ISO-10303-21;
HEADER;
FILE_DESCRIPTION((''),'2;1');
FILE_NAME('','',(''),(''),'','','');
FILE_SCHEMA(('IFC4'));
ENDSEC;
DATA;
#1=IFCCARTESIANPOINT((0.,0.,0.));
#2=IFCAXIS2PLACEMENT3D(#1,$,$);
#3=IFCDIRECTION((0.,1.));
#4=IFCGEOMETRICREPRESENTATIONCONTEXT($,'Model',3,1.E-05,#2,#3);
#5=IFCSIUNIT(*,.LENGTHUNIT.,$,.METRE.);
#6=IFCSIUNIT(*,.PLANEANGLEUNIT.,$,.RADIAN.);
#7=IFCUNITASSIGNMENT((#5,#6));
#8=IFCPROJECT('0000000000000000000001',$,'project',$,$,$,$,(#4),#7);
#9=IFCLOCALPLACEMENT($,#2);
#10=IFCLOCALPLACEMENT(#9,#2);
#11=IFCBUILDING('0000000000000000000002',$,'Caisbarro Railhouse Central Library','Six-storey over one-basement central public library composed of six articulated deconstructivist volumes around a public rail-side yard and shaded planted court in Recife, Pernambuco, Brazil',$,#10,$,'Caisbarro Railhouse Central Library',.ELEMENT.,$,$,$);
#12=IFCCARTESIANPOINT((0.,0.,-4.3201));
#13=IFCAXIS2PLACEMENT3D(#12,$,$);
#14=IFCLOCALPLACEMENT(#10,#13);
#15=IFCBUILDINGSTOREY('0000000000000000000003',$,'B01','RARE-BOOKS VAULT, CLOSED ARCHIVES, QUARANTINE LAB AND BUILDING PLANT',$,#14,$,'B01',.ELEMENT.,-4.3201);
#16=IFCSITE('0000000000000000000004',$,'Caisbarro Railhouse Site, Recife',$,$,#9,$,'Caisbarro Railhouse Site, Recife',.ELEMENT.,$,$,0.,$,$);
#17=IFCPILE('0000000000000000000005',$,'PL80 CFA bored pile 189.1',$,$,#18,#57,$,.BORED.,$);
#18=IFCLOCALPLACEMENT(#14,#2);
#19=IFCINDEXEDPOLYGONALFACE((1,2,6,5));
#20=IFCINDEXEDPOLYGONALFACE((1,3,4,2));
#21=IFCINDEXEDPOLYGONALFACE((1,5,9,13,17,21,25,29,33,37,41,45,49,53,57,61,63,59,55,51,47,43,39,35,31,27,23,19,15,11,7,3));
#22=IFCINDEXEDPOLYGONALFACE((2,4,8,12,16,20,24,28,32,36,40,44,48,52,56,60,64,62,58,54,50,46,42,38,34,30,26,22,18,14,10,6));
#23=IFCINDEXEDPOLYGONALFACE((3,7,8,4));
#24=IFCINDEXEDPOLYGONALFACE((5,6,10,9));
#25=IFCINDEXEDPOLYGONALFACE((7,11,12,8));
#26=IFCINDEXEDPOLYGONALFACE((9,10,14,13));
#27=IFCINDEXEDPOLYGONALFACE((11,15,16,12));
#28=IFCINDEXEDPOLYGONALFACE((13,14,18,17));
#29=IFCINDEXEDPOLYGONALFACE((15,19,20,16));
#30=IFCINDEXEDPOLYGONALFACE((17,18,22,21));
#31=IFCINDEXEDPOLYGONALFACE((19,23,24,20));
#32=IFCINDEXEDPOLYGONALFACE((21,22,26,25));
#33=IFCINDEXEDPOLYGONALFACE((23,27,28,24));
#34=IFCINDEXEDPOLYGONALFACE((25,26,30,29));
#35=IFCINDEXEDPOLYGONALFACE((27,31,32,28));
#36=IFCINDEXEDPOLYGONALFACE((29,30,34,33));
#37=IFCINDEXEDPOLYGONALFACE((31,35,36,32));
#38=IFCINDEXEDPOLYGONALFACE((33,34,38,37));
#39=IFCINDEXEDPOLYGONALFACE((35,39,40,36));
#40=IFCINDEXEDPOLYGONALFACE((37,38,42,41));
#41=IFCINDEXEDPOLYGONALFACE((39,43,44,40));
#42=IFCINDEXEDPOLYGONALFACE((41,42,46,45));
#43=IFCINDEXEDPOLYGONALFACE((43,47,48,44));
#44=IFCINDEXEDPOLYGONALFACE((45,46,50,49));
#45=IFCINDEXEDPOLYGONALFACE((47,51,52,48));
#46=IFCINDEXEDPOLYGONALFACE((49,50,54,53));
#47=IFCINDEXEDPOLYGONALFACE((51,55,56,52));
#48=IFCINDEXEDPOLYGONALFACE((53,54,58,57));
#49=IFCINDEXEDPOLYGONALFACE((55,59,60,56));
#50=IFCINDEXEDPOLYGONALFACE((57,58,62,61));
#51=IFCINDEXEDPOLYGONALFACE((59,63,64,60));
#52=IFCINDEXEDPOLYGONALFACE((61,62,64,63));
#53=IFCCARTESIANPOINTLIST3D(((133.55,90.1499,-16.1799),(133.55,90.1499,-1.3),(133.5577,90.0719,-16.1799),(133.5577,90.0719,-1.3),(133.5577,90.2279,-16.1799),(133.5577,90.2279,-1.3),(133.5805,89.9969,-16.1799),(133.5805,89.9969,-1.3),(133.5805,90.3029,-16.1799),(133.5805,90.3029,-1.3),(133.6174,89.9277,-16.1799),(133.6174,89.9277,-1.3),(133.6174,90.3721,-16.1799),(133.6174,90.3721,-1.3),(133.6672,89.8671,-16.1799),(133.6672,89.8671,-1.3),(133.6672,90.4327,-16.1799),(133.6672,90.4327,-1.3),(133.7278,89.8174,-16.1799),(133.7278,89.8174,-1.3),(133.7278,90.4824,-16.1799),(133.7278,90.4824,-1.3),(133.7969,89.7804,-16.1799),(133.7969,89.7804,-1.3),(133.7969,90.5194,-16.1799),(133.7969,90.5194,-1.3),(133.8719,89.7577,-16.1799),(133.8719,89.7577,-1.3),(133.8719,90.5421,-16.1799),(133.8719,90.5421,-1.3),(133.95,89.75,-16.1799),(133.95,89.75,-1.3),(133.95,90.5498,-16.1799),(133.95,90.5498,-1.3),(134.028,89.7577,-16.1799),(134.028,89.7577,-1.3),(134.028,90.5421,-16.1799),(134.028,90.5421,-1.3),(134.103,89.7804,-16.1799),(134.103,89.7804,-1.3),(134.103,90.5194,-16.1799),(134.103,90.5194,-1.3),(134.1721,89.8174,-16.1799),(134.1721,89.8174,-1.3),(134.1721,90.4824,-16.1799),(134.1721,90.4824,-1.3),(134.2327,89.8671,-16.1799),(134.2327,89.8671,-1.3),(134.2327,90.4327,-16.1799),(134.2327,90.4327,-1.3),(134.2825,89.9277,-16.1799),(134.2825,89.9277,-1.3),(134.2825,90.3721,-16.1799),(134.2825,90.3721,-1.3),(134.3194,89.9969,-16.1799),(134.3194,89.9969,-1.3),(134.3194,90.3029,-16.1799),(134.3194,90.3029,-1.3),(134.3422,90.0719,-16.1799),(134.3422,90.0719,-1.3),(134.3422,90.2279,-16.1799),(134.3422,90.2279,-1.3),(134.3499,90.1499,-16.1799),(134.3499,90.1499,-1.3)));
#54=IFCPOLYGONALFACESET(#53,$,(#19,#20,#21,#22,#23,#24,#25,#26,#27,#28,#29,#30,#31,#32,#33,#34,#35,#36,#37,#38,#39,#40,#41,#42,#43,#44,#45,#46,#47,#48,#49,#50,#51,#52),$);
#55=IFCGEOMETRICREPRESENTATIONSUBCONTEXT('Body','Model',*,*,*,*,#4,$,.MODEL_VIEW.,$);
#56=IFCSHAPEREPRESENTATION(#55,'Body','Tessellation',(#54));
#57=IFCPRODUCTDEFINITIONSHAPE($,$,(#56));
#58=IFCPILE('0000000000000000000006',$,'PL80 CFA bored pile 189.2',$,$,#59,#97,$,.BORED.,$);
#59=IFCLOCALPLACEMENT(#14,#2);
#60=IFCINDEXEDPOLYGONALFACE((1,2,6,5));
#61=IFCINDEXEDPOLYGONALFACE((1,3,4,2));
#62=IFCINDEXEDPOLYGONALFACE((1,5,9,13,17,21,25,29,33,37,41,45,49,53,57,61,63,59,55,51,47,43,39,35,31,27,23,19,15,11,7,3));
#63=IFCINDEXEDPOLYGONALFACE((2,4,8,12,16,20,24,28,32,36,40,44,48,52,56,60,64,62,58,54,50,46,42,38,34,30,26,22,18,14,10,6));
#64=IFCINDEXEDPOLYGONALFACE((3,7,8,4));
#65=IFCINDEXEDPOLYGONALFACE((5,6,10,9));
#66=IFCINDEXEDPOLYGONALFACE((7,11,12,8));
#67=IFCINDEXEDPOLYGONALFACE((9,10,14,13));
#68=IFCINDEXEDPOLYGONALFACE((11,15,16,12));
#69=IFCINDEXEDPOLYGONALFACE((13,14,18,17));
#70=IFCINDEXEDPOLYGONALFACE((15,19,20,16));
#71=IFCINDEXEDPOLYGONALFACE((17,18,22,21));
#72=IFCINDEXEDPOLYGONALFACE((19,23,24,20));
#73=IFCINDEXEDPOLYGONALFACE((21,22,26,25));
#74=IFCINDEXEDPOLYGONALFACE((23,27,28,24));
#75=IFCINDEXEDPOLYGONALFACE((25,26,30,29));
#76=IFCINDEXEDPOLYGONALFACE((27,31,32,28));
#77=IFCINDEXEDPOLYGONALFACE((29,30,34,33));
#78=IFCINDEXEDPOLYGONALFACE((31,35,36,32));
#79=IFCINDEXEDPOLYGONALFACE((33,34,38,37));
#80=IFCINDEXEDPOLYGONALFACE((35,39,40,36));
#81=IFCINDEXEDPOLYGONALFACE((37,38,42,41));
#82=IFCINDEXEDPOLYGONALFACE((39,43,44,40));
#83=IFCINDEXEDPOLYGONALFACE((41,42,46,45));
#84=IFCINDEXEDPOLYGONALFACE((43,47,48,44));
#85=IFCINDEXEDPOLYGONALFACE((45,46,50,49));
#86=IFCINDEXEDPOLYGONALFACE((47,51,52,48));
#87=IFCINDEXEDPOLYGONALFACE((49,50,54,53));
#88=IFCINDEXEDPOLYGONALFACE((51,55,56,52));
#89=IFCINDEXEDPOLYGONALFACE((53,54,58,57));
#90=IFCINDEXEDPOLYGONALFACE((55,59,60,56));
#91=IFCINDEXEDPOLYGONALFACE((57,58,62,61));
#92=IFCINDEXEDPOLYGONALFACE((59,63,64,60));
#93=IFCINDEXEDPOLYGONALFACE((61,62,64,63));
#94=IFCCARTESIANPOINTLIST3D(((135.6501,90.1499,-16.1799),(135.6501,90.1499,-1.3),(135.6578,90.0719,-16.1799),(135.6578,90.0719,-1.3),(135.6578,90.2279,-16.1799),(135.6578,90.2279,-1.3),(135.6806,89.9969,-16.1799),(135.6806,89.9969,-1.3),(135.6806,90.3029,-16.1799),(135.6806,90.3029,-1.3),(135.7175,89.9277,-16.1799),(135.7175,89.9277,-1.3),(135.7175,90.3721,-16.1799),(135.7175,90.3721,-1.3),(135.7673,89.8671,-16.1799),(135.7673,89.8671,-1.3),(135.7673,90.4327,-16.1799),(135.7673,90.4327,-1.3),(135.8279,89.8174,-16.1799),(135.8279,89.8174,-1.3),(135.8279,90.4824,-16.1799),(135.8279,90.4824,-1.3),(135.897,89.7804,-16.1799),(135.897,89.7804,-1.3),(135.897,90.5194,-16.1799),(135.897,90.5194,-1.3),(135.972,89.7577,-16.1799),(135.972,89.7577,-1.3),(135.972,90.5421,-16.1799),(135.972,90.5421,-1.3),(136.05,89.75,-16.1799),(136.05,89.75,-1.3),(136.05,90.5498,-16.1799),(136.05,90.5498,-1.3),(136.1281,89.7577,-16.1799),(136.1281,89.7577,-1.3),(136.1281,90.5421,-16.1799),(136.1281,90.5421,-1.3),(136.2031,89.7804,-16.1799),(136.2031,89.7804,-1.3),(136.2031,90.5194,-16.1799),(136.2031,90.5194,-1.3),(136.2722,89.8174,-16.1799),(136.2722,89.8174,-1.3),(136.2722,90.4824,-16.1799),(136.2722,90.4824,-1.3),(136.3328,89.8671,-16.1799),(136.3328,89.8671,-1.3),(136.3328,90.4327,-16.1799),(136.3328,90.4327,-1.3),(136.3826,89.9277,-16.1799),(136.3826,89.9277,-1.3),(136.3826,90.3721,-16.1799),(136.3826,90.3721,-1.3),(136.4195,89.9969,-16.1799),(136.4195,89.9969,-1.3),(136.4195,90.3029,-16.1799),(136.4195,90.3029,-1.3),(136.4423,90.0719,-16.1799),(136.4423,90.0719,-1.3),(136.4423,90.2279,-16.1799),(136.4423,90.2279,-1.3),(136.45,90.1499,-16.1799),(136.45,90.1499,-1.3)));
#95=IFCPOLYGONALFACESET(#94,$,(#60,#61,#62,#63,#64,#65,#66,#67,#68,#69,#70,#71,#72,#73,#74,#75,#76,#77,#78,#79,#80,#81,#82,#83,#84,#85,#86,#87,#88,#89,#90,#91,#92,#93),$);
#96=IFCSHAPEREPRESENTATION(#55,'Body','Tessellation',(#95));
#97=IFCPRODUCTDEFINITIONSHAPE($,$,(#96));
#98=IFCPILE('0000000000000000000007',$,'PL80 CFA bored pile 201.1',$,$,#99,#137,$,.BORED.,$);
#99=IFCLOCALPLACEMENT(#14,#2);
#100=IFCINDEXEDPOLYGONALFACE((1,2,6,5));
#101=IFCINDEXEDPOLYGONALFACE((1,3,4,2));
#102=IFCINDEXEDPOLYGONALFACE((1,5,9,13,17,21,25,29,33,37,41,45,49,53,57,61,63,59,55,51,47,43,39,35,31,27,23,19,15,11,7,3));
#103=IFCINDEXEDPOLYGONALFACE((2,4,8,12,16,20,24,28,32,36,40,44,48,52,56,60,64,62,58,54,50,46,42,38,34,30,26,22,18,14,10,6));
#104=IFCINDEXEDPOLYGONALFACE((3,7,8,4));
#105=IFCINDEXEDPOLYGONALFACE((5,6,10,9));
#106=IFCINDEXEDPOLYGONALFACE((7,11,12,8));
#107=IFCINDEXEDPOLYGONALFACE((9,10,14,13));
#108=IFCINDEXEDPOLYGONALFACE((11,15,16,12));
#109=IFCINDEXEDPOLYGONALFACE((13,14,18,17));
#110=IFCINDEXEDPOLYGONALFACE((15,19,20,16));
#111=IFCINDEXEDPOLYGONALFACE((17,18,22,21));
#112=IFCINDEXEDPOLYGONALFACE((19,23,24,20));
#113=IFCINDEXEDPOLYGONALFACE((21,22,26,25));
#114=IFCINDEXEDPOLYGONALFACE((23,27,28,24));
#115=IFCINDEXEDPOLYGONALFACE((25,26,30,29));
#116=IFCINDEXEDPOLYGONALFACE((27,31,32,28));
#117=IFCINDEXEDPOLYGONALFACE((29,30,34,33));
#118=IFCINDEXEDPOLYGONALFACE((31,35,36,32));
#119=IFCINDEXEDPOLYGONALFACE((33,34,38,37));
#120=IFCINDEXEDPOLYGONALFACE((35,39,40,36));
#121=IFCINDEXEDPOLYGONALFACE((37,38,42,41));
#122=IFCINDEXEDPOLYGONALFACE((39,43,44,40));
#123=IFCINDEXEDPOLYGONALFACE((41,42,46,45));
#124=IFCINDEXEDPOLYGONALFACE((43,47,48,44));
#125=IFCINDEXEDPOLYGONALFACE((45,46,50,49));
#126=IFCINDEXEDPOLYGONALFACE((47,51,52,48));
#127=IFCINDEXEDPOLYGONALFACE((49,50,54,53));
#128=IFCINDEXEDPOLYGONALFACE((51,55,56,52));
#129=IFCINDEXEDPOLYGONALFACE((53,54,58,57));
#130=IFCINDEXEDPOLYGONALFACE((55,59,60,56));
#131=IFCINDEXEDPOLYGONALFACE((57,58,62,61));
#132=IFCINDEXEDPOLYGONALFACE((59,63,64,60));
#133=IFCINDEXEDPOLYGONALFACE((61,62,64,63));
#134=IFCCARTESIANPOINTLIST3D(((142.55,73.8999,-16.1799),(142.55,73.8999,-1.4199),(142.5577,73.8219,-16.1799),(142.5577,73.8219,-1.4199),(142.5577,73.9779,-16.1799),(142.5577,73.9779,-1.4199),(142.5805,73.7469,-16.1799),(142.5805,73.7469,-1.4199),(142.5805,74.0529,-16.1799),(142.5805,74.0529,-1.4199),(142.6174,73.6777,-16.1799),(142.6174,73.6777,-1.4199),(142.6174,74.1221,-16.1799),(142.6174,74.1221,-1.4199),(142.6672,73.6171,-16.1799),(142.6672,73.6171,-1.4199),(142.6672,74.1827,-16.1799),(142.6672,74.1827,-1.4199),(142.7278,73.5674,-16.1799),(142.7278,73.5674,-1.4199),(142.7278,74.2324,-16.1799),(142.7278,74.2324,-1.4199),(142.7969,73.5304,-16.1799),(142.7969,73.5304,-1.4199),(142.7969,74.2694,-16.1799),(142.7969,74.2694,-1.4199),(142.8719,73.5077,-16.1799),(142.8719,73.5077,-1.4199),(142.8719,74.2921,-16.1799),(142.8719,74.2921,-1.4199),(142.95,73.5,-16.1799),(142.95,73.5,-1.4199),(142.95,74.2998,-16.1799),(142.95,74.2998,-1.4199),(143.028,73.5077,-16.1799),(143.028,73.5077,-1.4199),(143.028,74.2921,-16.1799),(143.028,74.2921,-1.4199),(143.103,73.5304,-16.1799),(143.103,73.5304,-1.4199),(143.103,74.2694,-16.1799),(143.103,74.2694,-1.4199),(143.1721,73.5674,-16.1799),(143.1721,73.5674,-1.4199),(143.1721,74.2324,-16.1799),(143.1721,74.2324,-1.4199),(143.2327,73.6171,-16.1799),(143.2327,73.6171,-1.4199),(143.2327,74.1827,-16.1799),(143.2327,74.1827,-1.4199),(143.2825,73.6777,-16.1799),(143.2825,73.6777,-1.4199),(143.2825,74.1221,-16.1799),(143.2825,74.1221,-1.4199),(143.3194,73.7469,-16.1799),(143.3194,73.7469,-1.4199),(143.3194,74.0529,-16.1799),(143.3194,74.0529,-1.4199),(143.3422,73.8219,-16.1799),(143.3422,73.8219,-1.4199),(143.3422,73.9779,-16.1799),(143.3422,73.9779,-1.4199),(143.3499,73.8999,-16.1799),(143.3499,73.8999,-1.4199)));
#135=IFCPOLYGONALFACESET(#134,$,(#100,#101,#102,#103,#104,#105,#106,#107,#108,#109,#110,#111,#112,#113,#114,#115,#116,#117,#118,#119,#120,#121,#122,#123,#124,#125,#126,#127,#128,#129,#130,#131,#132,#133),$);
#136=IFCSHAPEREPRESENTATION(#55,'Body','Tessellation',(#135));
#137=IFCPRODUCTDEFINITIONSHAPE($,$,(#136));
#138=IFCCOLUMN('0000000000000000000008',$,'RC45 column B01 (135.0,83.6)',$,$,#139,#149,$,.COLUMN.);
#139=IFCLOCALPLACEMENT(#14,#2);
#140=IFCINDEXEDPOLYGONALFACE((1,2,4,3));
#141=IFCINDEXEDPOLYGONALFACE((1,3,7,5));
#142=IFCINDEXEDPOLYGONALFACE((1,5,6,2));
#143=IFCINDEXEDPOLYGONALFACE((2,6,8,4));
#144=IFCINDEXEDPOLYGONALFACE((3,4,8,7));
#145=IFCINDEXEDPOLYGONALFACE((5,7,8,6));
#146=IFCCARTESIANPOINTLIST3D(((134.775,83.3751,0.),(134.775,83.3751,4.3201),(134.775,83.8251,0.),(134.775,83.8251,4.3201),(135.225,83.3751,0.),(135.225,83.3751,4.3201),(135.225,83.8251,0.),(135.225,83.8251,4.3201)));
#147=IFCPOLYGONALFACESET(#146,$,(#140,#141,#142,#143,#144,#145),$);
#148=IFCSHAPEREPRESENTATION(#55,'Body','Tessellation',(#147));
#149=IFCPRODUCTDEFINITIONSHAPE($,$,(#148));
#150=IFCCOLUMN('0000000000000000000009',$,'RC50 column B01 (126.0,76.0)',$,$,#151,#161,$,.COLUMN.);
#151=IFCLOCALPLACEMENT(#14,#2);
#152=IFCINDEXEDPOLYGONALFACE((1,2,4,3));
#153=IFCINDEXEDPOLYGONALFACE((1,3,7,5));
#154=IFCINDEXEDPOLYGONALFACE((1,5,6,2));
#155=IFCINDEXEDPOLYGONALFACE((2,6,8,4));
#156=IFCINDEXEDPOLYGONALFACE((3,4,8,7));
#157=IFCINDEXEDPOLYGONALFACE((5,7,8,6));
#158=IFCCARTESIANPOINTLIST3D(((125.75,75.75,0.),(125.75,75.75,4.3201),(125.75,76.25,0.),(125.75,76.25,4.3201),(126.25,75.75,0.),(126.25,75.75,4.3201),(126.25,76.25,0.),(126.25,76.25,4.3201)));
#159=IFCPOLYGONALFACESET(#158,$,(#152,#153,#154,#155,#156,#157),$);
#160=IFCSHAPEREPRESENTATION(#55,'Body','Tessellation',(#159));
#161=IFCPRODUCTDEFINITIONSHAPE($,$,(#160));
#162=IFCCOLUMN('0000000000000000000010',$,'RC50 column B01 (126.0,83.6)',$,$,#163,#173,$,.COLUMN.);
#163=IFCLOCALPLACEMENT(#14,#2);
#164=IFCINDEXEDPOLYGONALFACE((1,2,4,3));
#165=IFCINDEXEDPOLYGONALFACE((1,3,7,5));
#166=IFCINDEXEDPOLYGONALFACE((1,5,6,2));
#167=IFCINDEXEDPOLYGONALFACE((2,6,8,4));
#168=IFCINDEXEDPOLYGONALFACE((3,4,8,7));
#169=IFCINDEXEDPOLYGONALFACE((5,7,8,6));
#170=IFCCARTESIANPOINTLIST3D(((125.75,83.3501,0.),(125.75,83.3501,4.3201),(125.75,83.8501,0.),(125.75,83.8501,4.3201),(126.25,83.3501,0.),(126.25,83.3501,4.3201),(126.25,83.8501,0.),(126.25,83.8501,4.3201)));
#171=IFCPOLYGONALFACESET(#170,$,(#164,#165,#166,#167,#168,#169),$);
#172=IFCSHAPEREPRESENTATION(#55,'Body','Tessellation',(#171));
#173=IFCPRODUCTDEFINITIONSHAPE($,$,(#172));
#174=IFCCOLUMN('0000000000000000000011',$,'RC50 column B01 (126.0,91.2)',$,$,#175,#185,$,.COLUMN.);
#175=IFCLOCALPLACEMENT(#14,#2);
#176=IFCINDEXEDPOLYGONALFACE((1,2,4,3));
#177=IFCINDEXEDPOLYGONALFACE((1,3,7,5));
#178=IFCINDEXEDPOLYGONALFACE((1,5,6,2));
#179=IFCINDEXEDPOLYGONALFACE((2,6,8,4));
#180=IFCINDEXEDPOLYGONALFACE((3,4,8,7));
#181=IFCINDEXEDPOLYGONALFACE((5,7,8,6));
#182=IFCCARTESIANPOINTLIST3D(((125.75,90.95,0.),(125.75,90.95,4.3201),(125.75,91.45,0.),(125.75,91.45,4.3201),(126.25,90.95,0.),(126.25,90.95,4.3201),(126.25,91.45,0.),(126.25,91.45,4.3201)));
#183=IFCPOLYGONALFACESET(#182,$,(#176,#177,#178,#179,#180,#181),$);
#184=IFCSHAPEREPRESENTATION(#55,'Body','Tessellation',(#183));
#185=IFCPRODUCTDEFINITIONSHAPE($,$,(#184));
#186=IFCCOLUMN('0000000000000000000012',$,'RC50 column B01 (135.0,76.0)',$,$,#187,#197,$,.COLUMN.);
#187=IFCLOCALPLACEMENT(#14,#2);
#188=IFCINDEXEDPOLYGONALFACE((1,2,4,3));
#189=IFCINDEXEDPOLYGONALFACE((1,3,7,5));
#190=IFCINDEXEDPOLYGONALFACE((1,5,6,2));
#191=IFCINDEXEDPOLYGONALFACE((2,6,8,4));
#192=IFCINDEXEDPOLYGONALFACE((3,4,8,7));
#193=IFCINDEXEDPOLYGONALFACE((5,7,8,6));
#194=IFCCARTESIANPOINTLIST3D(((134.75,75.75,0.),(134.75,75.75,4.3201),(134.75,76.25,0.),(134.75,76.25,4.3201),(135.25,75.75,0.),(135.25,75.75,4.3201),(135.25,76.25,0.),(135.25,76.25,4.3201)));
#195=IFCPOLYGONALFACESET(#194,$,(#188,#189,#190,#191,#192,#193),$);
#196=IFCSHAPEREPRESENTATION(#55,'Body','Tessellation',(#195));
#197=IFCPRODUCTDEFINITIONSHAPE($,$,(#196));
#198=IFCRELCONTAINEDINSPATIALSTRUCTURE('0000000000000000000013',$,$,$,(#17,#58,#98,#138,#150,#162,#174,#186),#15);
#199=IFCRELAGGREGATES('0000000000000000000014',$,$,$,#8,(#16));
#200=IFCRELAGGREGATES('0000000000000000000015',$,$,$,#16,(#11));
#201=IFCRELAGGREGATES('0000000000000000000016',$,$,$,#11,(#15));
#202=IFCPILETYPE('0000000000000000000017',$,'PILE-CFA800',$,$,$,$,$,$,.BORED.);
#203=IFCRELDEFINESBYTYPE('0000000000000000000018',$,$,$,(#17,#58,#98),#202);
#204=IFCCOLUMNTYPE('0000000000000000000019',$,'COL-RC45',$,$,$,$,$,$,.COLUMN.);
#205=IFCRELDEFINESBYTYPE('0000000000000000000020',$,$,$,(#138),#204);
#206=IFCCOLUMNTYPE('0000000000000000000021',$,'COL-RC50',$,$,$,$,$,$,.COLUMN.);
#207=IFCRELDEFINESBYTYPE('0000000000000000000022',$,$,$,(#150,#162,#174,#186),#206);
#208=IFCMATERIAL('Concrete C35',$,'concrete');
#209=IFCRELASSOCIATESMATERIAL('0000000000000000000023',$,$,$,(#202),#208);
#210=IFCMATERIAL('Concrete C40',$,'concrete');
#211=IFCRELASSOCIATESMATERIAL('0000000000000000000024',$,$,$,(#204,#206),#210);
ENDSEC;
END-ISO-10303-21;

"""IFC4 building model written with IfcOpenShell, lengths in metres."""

from ifc_helpers import new_model, si_unit, direction, frame, origin, origin_2d, place, context, subcontext, project, spatial, rectangle, circle, extrude, material, material_profile, profile_set, type_object, element, save


model = new_model("IFC4")

# Units and contexts
model_context = context("Model", 3, precision=1e-05, world=origin(), true_north=direction((0.0, 1.0)))
body_context = subcontext(model_context, "Body", "Model", "MODEL_VIEW")
ifc_project = project(units=[si_unit("LENGTHUNIT", "METRE"), si_unit("PLANEANGLEUNIT", "RADIAN")], contexts=[model_context])

# Site, building, storey
site_placement = place(None, origin())
site = spatial("IfcSite", under=ifc_project, at=site_placement, Name="Caisbarro Railhouse Site, Recife", LongName="Caisbarro Railhouse Site, Recife", CompositionType="ELEMENT", RefElevation=0.0)
building_placement = place(site_placement, origin())
building = spatial("IfcBuilding", under=site, at=building_placement, Name="Caisbarro Railhouse Central Library", Description="Six-storey over one-basement central public library composed of six articulated deconstructivist volumes around a public rail-side yard and shaded planted court in Recife, Pernambuco, Brazil", LongName="Caisbarro Railhouse Central Library", CompositionType="ELEMENT")
storey_placement = place(building_placement, frame((0.0, 0.0, -4.3201)))
storey = spatial("IfcBuildingStorey", under=building, at=storey_placement, Name="B01", Description="RARE-BOOKS VAULT, CLOSED ARCHIVES, QUARANTINE LAB AND BUILDING PLANT", LongName="B01", CompositionType="ELEMENT", Elevation=-4.3201)

# Shared definitions
ifc_material_1 = material(Name="Concrete C35", Category="concrete")
ifc_material_2 = material(Name="Concrete C40", Category="concrete")

# Piles
ifc_material_profile_1 = material_profile(ifc_material_1, circle(Radius=0.3999, at=origin_2d()), Name="PILE-CFA-800")
ifc_profile_set_1 = profile_set([ifc_material_profile_1], Name="Concrete C35")
pile_type_1 = type_object("IfcPileType", Name="PILE-CFA800", PredefinedType="BORED", material=ifc_profile_set_1)
for number, where, z_axis, x_axis, name in (
    (1, (133.95, 90.1499, -1.3), (0.0, 0.0, -1.0), (1.0, 0.0, 0.0), "PL80 CFA bored pile 189.1"),
    (2, (136.05, 90.1499, -1.3), (0.0, 0.0, -1.0), (1.0, 0.0, 0.0), "PL80 CFA bored pile 189.2"),
):
    element("IfcPile", number, at=place(storey_placement, frame(where, z_axis=z_axis, x_axis=x_axis)), inside=storey, type_object=pile_type_1, Name=name, PredefinedType="BORED", context=body_context, shape_type="SweptSolid", body=[
        extrude(circle(Radius=0.3999, at=origin_2d()), origin(), (0.0, 0.0, 1.0), 14.8799),
    ])
pile_1_placement = place(storey_placement, frame((142.95, 73.8999, -1.4199), z_axis=(0.0, 0.0, -1.0), x_axis=(1.0, 0.0, 0.0)))
element("IfcPile", 3, at=pile_1_placement, inside=storey, type_object=pile_type_1, Name="PL80 CFA bored pile 201.1", PredefinedType="BORED", context=body_context, shape_type="SweptSolid", body=[
    extrude(circle(Radius=0.3999, at=origin_2d()), origin(), (0.0, 0.0, 1.0), 14.76),
])

# Columns
ifc_material_profile_2 = material_profile(ifc_material_2, rectangle(XDim=0.45, YDim=0.45, at=origin_2d()), Name="RC-COL-450X450")
ifc_profile_set_2 = profile_set([ifc_material_profile_2], Name="Concrete C40")
column_type_1 = type_object("IfcColumnType", Name="COL-RC45", PredefinedType="COLUMN", material=ifc_profile_set_2)
column_placement = place(storey_placement, frame((135.0, 83.6001, 0.0), z_axis=(0.0, 0.0, 1.0), x_axis=(1.0, 0.0, 0.0)))
element("IfcColumn", 4, at=column_placement, inside=storey, type_object=column_type_1, Name="RC45 column B01 (135.0,83.6)", PredefinedType="COLUMN", context=body_context, shape_type="SweptSolid", body=[
    extrude(rectangle(XDim=0.45, YDim=0.45, at=origin_2d()), origin(), (0.0, 0.0, 1.0), 4.3201),
])
ifc_material_profile_3 = material_profile(ifc_material_2, rectangle(XDim=0.5, YDim=0.5, at=origin_2d()), Name="RC-COL-500X500")
ifc_profile_set_3 = profile_set([ifc_material_profile_3], Name="Concrete C40")
column_type_2 = type_object("IfcColumnType", Name="COL-RC50", PredefinedType="COLUMN", material=ifc_profile_set_3)
for number, where, z_axis, x_axis, name in (
    (5, (126.0, 76.0, 0.0), (0.0, 0.0, 1.0), (1.0, 0.0, 0.0), "RC50 column B01 (126.0,76.0)"),
    (6, (126.0, 83.6001, 0.0), (0.0, 0.0, 1.0), (1.0, 0.0, 0.0), "RC50 column B01 (126.0,83.6)"),
    (7, (126.0, 91.2, 0.0), (0.0, 0.0, 1.0), (1.0, 0.0, 0.0), "RC50 column B01 (126.0,91.2)"),
    (8, (135.0, 76.0, 0.0), (0.0, 0.0, 1.0), (1.0, 0.0, 0.0), "RC50 column B01 (135.0,76.0)"),
):
    element("IfcColumn", number, at=place(storey_placement, frame(where, z_axis=z_axis, x_axis=x_axis)), inside=storey, type_object=column_type_2, Name=name, PredefinedType="COLUMN", context=body_context, shape_type="SweptSolid", body=[
        extrude(rectangle(XDim=0.5, YDim=0.5, at=origin_2d()), origin(), (0.0, 0.0, 1.0), 4.3201),
    ])

save(model, "model.ifc")
